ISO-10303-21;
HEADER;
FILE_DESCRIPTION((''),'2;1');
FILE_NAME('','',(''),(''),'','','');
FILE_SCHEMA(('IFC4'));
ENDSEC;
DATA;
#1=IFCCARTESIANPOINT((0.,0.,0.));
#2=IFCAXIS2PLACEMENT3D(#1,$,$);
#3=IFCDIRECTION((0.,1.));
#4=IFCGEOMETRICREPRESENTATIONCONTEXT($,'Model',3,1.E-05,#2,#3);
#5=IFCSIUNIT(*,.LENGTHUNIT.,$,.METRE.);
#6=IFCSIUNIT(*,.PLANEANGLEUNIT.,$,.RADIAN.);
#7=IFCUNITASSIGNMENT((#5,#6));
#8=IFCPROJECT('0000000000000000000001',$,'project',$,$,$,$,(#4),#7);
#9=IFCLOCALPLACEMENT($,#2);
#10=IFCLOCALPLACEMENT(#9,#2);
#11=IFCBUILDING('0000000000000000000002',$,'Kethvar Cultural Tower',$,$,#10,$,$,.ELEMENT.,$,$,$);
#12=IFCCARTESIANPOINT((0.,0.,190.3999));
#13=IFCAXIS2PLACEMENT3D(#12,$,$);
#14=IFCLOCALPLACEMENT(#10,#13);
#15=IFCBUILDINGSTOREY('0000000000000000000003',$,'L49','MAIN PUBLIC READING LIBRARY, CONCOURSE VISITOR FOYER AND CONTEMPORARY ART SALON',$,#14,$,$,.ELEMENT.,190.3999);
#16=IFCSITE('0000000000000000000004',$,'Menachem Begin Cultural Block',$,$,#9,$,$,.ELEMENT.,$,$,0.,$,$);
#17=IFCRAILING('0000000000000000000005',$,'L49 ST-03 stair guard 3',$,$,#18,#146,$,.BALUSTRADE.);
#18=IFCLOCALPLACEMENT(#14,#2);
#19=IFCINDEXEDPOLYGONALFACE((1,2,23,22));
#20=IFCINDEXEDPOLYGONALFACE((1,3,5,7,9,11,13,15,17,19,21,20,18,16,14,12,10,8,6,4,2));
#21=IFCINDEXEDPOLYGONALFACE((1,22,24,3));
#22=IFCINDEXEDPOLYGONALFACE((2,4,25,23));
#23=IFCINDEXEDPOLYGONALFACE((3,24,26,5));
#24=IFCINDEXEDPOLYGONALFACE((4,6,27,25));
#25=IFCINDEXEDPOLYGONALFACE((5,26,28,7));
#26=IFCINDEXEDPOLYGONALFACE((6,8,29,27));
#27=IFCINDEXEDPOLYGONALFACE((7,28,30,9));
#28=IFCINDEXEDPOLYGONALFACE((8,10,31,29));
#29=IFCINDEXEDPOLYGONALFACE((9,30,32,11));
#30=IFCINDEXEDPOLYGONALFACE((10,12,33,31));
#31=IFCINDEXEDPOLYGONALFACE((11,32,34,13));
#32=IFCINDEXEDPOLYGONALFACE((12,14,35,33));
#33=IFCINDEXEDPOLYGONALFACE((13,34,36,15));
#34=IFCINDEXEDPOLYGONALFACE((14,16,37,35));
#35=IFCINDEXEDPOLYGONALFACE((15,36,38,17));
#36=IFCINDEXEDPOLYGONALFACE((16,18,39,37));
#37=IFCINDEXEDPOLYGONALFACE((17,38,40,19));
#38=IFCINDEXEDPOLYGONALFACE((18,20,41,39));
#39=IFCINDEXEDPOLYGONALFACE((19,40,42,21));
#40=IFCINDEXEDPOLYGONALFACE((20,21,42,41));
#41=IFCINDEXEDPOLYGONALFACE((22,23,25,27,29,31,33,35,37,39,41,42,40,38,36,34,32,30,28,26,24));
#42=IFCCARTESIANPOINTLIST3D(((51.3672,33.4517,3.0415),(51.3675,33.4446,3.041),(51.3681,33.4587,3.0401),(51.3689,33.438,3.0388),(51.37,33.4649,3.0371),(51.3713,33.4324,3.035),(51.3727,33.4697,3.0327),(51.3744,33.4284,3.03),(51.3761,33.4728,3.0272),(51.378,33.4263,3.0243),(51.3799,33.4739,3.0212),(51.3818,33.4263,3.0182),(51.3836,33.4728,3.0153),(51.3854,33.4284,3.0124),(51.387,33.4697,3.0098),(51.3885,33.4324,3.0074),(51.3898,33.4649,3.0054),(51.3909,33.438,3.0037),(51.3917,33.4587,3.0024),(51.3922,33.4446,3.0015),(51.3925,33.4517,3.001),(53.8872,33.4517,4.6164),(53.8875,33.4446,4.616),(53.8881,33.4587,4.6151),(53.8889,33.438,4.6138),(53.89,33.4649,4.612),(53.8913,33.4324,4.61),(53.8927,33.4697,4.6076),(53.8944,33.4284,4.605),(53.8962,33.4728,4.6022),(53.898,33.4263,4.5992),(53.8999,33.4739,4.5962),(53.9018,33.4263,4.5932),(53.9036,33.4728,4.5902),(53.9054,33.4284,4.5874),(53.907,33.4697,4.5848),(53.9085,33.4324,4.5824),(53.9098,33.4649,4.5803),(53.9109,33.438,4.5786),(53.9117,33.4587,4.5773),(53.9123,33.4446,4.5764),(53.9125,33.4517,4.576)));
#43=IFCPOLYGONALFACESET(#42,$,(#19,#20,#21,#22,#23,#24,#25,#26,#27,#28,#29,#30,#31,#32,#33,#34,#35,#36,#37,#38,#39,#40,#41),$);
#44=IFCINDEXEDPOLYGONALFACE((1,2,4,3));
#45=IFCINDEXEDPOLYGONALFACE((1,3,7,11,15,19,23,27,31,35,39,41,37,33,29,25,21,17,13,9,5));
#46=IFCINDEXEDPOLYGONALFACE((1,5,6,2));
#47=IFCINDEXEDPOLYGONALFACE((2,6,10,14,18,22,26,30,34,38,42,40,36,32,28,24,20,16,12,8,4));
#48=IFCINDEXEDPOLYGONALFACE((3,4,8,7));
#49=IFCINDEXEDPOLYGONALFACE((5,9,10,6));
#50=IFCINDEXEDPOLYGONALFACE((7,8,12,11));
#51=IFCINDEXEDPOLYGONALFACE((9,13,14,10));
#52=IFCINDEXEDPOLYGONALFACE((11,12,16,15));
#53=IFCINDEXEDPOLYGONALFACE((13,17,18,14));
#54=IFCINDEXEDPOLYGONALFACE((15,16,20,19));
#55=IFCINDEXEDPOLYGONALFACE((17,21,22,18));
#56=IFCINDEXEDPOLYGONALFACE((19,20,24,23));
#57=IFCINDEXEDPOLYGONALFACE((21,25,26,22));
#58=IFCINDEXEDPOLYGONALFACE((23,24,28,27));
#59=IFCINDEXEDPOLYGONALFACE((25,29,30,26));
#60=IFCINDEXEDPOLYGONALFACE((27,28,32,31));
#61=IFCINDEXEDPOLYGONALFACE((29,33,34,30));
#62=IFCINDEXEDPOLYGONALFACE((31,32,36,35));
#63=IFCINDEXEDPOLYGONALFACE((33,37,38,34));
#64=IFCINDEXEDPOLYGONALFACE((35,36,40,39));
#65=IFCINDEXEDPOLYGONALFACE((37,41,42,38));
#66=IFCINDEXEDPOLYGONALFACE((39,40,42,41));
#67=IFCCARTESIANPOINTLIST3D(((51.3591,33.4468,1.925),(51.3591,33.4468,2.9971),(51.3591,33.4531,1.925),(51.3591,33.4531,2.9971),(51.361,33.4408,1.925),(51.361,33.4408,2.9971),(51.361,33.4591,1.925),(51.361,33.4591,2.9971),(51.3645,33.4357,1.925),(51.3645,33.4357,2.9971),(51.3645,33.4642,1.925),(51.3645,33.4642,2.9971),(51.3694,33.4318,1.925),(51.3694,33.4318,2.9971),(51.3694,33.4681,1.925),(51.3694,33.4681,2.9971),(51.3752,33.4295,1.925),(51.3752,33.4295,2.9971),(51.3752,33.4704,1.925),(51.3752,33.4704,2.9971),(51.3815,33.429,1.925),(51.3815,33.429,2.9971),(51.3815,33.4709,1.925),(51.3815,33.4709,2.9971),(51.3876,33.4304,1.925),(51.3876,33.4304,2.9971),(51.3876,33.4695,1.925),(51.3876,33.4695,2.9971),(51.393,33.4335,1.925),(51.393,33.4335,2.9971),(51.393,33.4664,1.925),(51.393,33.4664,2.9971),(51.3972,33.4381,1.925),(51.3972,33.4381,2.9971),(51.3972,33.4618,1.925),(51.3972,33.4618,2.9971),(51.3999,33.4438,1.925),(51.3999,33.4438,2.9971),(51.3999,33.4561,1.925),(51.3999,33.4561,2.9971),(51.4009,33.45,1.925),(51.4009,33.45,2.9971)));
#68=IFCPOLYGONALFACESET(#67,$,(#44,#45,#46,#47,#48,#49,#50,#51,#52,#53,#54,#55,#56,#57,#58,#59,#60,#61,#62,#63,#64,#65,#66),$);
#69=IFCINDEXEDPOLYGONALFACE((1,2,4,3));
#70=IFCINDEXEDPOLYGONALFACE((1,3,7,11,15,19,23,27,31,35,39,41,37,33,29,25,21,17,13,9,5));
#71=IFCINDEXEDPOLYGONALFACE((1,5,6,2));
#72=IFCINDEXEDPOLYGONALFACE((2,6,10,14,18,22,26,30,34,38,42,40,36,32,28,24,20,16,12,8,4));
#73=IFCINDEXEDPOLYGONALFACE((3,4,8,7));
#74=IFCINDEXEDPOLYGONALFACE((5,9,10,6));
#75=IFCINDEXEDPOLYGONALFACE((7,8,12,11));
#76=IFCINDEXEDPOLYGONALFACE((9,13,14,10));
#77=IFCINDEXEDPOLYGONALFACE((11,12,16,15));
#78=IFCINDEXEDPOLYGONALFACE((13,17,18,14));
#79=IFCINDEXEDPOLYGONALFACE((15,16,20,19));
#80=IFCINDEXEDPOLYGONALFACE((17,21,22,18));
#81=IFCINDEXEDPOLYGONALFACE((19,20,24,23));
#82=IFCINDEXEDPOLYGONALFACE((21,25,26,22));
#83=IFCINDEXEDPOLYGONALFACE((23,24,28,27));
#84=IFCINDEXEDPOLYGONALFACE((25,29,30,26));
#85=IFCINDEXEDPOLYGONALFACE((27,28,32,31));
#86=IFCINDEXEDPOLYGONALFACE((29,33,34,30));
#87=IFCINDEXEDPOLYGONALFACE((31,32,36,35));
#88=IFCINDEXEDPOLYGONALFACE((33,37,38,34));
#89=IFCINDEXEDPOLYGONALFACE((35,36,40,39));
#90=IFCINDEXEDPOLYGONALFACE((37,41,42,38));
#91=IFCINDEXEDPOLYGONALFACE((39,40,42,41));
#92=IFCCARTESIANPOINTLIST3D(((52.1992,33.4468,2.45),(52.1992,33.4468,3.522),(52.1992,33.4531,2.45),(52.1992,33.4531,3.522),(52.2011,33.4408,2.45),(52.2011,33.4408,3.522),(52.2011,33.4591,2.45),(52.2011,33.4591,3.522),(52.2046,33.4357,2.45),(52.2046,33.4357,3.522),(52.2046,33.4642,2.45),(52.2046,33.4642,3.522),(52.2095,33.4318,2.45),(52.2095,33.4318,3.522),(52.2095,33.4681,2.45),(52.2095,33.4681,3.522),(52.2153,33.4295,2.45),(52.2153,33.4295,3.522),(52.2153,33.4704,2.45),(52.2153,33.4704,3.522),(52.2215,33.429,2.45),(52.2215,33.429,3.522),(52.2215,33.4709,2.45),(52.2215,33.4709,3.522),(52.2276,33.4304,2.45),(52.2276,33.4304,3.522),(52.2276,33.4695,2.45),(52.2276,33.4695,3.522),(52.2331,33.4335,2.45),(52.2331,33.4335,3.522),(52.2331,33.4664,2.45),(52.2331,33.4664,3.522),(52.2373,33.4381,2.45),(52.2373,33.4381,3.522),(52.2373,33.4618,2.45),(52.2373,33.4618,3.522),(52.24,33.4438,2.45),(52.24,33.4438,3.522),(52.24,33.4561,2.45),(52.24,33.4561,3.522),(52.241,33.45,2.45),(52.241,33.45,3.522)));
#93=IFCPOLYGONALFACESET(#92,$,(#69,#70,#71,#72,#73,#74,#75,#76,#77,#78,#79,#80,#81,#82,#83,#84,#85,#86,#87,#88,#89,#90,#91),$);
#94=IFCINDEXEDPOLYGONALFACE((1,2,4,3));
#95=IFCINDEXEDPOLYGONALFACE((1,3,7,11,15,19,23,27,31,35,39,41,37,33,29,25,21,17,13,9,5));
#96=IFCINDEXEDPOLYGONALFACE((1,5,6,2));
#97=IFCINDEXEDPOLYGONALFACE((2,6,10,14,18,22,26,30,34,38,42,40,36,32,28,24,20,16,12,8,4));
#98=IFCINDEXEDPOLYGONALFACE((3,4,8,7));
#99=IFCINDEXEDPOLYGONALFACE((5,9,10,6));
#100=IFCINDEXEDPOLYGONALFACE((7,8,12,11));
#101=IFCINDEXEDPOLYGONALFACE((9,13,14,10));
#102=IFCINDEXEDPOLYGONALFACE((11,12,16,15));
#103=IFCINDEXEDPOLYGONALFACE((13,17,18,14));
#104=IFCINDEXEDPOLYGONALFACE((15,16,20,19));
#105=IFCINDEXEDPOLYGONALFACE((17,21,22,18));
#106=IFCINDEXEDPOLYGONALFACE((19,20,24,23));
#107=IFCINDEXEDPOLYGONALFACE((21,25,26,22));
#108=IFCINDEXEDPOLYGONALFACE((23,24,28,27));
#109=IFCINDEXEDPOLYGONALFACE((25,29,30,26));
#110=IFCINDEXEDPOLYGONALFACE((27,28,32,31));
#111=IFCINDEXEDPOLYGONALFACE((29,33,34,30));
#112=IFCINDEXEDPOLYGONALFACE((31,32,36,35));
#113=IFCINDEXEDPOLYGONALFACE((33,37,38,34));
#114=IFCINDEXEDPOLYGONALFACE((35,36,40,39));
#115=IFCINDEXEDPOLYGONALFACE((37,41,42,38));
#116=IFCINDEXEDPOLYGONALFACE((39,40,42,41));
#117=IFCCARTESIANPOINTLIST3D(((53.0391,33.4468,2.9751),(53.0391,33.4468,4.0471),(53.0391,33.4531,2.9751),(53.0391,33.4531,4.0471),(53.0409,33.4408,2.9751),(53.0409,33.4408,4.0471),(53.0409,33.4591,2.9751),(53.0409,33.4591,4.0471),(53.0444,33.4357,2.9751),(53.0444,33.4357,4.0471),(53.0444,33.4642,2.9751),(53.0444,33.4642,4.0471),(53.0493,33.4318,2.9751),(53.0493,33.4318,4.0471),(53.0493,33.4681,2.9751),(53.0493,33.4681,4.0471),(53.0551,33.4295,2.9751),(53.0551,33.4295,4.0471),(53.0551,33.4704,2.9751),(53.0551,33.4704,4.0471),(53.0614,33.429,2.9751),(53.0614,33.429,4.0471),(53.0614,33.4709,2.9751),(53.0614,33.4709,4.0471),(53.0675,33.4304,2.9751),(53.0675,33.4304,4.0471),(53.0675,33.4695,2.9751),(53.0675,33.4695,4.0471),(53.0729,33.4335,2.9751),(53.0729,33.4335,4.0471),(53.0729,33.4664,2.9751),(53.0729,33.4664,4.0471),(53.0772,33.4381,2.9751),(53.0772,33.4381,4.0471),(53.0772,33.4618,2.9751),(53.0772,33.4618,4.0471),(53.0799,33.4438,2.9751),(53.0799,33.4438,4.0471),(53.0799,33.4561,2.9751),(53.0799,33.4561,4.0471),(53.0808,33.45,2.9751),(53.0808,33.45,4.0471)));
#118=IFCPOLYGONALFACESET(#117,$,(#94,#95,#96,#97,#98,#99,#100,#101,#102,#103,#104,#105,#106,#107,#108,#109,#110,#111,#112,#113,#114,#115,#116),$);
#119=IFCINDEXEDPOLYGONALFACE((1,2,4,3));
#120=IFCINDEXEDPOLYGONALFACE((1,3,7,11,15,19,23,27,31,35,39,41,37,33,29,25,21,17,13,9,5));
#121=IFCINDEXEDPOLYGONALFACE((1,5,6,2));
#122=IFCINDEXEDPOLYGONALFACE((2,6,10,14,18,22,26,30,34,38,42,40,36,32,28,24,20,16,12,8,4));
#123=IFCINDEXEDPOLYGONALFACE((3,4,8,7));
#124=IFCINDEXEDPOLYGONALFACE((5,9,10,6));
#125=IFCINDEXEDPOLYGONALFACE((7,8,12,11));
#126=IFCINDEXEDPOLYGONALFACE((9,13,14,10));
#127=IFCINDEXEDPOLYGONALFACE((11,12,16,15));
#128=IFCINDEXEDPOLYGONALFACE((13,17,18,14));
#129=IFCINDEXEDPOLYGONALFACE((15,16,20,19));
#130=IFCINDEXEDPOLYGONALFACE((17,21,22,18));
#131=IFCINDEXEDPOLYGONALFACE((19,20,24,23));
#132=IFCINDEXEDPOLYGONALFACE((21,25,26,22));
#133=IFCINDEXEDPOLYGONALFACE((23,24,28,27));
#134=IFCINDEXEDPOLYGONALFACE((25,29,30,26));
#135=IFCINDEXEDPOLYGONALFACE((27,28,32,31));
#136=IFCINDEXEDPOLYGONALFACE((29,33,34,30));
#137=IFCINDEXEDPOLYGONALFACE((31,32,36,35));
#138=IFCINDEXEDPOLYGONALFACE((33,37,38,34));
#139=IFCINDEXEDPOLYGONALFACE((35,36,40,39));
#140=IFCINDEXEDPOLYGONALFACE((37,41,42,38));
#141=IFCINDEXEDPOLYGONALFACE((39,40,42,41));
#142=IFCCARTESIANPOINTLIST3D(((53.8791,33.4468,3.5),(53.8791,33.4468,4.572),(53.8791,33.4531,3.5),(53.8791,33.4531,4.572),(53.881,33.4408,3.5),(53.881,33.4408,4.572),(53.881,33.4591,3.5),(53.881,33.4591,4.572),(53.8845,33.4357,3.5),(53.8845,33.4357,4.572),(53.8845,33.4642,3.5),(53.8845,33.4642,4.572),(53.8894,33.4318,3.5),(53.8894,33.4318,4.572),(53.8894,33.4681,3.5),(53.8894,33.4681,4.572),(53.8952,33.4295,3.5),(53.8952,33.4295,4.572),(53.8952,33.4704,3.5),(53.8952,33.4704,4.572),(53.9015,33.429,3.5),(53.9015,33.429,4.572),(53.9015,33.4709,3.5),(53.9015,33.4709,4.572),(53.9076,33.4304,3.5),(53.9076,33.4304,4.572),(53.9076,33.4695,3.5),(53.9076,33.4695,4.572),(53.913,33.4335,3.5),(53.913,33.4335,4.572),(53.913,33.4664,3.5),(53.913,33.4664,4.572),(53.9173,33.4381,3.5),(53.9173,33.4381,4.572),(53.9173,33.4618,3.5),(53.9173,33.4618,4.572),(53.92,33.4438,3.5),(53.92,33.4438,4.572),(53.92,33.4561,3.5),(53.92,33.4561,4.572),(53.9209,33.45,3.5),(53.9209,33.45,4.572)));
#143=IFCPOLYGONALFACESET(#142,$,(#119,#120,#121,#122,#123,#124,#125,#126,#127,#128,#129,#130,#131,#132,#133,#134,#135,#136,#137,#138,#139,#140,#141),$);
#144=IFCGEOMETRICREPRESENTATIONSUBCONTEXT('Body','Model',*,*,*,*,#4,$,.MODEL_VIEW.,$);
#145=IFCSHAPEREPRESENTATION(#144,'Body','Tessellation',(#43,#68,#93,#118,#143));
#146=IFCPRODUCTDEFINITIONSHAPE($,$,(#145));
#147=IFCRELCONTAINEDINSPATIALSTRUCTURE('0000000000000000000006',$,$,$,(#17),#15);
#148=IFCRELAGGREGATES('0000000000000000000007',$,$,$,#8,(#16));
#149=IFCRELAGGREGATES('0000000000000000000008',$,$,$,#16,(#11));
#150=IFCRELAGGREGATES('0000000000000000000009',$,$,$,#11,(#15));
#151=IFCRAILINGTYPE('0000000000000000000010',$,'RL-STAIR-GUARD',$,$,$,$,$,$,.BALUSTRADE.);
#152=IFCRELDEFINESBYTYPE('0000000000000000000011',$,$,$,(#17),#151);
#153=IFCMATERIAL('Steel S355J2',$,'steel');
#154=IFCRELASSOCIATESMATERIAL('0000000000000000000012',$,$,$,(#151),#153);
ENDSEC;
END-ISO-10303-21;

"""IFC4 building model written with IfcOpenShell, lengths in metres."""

from ifc_helpers import new_model, si_unit, direction, frame, origin, origin_2d, place, context, subcontext, project, spatial, circle, extrude, material, type_object, element, save


model = new_model("IFC4")

# Units and contexts
model_context = context("Model", 3, precision=1e-05, world=origin(), true_north=direction((0.0, 1.0)))
body_context = subcontext(model_context, "Body", "Model", "MODEL_VIEW")
ifc_project = project(units=[si_unit("LENGTHUNIT", "METRE"), si_unit("PLANEANGLEUNIT", "RADIAN")], contexts=[model_context])

# Site, building, storey
site_placement = place(None, origin())
site = spatial("IfcSite", under=ifc_project, at=site_placement, Name="Menachem Begin Cultural Block", CompositionType="ELEMENT", RefElevation=0.0)
building_placement = place(site_placement, origin())
building = spatial("IfcBuilding", under=site, at=building_placement, Name="Kethvar Cultural Tower", CompositionType="ELEMENT")
storey_placement = place(building_placement, frame((0.0, 0.0, 190.3999)))
storey = spatial("IfcBuildingStorey", under=building, at=storey_placement, Name="L49", Description="MAIN PUBLIC READING LIBRARY, CONCOURSE VISITOR FOYER AND CONTEMPORARY ART SALON", CompositionType="ELEMENT", Elevation=190.3999)

# Shared definitions
ifc_material_1 = material(Name="Steel S355J2", Category="steel")

# Railing
railing_type_1 = type_object("IfcRailingType", Name="RL-STAIR-GUARD", PredefinedType="BALUSTRADE", material=ifc_material_1)
railing_1_placement = place(storey_placement, frame((51.3799, 33.45, 1.925)))
element("IfcRailing", 1, at=railing_1_placement, inside=storey, type_object=railing_type_1, Name="L49 ST-03 stair guard 3", PredefinedType="BALUSTRADE", context=body_context, shape_type="SweptSolid", body=[
    extrude(circle(Radius=0.0239, at=origin_2d()), frame((0.0, 0.0, 1.0962), z_axis=(0.848008, 0.0, 0.529984), x_axis=(0.0, 1.0, 0.0)), (0.0, 0.0, 1.0), 2.9717),
    extrude(circle(Radius=0.021, at=origin_2d()), origin(), (0.0, 0.0, 1.0), 1.072),
    extrude(circle(Radius=0.021, at=origin_2d()), frame((0.8401, 0.0, 0.5249)), (0.0, 0.0, 1.0), 1.072),
    extrude(circle(Radius=0.021, at=origin_2d()), frame((1.6799, 0.0, 1.05)), (0.0, 0.0, 1.0), 1.072),
    extrude(circle(Radius=0.021, at=origin_2d()), frame((2.52, 0.0, 1.575)), (0.0, 0.0, 1.0), 1.072),
])

save(model, "model.ifc")
